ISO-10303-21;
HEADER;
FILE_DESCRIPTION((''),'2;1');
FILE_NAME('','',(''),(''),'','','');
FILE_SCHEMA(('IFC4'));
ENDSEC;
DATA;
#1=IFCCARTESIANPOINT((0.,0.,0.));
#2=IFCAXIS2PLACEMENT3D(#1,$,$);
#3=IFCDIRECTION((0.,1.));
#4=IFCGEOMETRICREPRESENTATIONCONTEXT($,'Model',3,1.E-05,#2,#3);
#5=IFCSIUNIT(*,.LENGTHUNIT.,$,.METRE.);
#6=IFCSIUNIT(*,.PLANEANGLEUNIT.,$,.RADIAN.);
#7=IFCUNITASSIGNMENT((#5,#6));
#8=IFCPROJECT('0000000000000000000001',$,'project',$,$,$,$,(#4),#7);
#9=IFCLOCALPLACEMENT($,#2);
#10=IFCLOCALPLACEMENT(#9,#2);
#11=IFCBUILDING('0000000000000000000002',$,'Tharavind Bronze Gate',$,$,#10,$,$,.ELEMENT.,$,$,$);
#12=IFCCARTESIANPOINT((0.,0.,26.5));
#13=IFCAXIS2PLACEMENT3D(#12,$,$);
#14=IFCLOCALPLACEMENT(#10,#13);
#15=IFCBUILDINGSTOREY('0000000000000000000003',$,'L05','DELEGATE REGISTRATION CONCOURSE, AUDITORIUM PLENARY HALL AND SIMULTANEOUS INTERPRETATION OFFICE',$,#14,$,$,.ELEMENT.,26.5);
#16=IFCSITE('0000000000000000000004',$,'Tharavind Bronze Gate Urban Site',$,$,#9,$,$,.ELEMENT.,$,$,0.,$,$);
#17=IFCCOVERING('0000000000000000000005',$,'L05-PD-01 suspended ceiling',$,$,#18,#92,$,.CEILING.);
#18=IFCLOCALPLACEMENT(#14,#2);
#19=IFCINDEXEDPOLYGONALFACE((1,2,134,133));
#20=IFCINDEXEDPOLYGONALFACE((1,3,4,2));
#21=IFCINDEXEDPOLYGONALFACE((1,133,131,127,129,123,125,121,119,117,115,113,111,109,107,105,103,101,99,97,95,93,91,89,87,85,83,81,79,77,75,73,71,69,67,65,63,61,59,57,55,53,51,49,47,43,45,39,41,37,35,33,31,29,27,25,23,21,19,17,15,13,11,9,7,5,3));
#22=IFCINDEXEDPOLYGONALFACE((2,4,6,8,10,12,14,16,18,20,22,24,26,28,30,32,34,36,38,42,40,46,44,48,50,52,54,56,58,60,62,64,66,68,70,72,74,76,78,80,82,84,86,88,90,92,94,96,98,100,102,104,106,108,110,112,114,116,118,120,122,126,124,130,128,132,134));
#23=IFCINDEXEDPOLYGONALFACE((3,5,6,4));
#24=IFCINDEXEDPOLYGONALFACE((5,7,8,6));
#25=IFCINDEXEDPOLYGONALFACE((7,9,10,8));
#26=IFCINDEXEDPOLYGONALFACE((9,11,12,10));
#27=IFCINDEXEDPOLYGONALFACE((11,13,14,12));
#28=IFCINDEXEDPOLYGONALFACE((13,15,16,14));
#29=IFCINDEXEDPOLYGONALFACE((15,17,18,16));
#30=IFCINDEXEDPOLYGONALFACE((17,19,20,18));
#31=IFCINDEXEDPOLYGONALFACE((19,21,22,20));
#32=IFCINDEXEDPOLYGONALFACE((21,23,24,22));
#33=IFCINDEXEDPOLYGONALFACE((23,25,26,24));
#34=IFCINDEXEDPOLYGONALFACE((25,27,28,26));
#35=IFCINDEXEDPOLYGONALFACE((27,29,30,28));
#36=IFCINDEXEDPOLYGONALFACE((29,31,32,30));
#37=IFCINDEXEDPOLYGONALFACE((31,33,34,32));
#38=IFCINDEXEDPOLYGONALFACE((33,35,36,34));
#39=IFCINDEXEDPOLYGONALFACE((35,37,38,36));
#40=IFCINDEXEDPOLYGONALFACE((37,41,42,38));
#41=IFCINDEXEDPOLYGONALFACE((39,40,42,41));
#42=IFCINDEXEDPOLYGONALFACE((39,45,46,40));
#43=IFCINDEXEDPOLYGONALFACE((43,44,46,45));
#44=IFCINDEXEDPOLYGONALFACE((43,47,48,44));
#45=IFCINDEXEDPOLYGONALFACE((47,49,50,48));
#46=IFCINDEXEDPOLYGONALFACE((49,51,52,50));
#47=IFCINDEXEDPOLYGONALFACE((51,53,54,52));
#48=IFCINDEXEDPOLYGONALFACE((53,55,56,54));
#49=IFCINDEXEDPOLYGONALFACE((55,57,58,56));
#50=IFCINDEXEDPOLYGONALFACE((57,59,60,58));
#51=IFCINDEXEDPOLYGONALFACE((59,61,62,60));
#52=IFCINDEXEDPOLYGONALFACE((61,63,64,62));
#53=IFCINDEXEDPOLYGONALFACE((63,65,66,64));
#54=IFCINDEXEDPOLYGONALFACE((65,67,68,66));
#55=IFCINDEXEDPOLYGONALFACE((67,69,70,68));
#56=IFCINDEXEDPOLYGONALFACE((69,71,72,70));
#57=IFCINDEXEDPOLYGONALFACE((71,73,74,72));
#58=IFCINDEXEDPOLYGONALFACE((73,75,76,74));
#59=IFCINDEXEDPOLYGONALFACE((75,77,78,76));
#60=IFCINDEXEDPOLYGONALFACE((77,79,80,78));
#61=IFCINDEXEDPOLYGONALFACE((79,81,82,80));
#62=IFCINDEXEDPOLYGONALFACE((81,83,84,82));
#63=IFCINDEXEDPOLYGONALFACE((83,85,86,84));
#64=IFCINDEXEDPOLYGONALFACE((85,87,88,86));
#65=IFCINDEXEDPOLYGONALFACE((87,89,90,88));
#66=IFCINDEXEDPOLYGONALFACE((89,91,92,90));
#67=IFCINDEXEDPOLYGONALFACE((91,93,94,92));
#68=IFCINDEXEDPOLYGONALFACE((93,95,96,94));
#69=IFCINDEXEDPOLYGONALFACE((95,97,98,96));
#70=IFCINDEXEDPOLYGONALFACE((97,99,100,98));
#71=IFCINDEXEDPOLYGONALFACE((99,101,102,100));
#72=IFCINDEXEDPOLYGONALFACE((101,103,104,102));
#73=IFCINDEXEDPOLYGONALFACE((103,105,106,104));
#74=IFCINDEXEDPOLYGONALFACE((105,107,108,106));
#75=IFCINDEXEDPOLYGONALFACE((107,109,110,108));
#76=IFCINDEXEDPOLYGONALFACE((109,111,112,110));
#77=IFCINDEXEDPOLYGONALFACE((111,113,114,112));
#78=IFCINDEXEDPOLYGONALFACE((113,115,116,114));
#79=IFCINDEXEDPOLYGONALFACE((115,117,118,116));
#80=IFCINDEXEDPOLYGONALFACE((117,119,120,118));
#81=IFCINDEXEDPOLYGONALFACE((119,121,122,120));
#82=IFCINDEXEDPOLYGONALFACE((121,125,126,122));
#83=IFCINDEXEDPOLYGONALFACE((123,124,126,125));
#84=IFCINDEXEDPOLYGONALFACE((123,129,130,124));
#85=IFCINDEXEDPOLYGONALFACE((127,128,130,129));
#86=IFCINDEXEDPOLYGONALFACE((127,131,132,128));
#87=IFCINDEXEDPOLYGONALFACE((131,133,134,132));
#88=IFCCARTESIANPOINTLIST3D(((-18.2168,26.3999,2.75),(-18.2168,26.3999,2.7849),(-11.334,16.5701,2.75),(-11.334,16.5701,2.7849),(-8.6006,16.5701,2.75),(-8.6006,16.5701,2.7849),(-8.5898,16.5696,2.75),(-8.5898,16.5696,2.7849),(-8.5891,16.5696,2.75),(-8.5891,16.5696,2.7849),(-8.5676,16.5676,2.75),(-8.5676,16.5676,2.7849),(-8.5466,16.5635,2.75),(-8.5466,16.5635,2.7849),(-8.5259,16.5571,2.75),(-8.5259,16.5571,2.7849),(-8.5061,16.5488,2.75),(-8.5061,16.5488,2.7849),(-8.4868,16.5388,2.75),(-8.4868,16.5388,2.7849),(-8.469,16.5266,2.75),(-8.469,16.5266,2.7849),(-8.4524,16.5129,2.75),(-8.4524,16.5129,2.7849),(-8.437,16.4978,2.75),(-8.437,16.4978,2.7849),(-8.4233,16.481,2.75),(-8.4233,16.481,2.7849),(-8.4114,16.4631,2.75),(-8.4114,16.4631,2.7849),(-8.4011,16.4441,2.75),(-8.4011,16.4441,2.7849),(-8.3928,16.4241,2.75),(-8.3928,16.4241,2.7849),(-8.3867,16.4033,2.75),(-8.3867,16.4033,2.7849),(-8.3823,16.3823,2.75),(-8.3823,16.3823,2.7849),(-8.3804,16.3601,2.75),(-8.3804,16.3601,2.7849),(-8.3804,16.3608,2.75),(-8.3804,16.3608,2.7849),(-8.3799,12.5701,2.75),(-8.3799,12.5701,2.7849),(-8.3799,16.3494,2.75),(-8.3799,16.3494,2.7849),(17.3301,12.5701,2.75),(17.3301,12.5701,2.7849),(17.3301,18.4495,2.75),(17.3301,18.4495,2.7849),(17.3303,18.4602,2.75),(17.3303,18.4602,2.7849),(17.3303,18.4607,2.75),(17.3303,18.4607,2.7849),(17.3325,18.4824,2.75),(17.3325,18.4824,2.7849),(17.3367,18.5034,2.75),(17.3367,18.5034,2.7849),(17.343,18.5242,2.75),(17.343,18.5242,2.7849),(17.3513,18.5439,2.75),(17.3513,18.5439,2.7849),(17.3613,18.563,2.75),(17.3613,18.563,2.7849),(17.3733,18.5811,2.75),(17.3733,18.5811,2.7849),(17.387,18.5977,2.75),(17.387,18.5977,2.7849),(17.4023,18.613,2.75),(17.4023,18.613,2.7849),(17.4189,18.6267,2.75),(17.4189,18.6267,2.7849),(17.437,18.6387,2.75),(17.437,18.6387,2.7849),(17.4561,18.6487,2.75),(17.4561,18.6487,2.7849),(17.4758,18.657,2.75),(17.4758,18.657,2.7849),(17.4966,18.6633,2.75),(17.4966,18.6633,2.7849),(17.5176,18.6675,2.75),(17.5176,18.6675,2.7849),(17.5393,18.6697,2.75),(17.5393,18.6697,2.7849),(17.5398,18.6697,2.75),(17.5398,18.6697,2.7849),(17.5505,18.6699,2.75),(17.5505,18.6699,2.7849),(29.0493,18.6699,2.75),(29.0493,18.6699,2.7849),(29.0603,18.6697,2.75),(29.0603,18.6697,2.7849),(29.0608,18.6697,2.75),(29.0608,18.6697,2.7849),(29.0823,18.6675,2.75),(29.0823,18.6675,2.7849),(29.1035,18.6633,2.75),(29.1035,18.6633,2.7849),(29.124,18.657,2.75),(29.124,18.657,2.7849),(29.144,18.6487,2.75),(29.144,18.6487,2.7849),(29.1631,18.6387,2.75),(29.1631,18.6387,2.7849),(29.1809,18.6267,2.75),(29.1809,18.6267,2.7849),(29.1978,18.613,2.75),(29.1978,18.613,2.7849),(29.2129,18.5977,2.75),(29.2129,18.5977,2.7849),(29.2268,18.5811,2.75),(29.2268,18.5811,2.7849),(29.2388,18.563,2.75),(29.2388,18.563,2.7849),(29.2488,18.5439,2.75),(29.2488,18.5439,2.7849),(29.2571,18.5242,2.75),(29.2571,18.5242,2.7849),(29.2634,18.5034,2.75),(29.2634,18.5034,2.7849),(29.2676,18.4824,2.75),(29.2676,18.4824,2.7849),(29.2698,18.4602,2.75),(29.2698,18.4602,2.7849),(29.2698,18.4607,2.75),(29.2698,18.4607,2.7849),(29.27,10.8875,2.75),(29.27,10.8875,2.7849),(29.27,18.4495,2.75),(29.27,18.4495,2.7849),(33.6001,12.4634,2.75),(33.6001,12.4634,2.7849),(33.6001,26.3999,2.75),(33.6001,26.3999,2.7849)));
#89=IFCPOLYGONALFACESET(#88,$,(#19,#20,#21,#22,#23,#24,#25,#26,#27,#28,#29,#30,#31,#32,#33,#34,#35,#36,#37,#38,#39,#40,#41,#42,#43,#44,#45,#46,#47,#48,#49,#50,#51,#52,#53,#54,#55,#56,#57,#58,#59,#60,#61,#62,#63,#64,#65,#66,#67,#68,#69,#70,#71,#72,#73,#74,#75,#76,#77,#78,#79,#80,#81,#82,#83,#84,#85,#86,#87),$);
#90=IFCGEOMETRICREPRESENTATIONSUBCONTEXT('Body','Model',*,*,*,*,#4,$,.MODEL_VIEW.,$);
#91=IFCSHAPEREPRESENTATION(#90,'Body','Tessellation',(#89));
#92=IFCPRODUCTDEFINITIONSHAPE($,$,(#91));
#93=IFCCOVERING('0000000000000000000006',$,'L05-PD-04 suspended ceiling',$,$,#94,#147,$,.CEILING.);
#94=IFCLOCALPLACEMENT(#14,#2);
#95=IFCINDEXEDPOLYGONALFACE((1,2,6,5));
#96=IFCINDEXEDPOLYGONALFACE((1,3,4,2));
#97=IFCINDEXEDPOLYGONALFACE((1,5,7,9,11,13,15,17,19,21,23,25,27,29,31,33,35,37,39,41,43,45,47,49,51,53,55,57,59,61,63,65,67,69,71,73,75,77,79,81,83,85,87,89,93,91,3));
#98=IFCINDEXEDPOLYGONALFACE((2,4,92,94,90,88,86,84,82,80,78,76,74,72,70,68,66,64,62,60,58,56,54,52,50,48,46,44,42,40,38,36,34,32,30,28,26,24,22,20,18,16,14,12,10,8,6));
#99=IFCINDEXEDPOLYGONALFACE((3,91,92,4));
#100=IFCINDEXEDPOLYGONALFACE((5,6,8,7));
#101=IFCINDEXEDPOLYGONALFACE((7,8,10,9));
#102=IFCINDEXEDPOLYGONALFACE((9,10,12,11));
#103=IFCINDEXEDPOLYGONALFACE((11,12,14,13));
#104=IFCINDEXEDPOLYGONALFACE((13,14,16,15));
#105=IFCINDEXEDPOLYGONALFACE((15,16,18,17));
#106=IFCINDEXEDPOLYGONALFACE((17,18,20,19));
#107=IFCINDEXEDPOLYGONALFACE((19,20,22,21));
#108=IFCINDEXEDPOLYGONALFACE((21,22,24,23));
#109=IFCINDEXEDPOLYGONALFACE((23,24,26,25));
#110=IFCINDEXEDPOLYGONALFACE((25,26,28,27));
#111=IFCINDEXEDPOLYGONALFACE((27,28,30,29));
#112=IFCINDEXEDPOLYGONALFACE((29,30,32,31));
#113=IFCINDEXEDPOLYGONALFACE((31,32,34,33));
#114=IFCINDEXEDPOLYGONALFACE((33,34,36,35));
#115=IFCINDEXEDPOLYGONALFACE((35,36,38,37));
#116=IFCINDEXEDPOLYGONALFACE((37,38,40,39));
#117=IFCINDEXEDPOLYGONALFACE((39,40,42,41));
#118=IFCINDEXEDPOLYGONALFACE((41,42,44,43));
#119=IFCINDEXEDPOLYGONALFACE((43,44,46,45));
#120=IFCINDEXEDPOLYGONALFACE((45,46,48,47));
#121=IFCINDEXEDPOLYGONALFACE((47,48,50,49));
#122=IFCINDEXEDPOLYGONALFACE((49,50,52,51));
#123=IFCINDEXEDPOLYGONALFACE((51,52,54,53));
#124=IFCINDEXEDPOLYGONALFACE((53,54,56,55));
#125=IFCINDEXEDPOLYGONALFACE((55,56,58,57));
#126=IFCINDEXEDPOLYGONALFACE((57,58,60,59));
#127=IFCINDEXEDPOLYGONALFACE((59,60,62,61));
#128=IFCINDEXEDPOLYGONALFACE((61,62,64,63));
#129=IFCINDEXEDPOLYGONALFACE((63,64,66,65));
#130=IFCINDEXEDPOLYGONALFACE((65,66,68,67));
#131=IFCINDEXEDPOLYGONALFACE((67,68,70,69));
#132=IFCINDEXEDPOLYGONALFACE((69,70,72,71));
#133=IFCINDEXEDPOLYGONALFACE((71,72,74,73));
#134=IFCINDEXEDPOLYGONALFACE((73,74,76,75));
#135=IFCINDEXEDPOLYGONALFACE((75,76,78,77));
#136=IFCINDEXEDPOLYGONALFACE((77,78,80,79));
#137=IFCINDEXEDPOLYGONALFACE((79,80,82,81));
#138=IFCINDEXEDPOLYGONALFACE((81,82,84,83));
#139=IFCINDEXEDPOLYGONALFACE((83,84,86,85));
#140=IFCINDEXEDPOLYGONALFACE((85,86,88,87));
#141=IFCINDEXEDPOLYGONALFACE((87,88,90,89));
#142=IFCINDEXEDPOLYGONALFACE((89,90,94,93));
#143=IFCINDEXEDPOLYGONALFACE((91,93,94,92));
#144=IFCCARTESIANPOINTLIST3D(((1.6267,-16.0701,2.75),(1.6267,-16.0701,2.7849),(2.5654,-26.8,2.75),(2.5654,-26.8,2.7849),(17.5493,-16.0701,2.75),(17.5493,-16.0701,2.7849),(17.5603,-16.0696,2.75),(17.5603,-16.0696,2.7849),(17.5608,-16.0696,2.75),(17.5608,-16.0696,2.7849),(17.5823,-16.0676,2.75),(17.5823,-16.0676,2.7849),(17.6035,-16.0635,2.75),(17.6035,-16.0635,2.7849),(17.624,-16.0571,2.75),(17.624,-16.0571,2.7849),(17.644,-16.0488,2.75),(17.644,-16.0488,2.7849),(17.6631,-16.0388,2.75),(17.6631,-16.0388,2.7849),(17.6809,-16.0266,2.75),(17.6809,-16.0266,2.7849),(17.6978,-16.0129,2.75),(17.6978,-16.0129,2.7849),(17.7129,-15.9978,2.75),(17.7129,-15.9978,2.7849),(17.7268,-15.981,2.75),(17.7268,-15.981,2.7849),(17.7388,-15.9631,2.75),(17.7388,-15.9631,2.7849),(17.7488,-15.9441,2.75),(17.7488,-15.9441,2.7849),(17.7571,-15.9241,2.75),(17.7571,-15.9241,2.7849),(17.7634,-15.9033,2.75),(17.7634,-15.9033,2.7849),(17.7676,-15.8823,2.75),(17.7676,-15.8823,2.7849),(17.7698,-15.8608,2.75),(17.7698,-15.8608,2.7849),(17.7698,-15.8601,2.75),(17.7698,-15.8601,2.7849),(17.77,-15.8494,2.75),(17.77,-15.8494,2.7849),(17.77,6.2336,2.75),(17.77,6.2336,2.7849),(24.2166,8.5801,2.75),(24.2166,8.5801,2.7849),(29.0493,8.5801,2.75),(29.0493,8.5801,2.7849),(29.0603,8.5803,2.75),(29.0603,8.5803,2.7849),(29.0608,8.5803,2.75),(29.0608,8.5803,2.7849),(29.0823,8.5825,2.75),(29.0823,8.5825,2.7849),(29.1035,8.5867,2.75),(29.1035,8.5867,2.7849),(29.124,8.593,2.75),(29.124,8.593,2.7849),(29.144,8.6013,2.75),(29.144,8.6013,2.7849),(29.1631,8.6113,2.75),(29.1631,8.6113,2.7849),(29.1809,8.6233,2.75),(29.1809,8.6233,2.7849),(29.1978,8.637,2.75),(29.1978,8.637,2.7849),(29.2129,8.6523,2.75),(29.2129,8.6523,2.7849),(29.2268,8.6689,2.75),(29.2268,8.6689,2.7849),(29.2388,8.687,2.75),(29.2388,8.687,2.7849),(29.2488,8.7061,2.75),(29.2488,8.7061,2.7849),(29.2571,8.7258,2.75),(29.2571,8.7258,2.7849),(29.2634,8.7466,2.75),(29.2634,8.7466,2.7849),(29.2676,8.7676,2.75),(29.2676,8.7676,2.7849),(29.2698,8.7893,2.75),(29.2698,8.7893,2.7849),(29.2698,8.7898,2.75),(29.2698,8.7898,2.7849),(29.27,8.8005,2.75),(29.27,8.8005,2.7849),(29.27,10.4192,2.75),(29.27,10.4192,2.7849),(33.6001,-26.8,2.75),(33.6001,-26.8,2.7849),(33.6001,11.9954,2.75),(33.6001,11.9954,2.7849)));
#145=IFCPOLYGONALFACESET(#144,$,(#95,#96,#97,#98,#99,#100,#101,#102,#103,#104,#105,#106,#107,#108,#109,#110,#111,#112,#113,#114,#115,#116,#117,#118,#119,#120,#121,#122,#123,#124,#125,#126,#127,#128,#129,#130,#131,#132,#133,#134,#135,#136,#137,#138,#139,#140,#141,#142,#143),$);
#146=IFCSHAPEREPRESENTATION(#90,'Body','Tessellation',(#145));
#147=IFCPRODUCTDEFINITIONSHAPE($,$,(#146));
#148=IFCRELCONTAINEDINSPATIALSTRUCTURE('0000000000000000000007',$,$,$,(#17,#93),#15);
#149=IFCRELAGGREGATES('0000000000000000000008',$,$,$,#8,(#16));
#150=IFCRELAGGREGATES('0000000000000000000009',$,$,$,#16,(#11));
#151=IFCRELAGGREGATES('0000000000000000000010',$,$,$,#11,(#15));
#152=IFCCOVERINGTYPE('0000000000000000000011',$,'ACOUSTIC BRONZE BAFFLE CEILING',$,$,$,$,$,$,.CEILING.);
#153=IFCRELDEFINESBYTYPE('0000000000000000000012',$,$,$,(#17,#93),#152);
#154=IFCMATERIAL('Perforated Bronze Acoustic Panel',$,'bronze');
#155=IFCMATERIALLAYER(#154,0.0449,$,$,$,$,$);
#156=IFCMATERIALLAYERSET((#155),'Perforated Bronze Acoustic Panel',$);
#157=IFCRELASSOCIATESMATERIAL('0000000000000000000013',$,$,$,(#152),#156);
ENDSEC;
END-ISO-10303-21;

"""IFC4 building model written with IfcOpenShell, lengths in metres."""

from ifc_helpers import new_model, si_unit, direction, frame, origin, place, context, subcontext, project, spatial, polyline, outline, extrude, material, layer, layer_set, type_object, element, save


model = new_model("IFC4")

# Units and contexts
model_context = context("Model", 3, precision=1e-05, world=origin(), true_north=direction((0.0, 1.0)))
body_context = subcontext(model_context, "Body", "Model", "MODEL_VIEW")
ifc_project = project(units=[si_unit("LENGTHUNIT", "METRE"), si_unit("PLANEANGLEUNIT", "RADIAN")], contexts=[model_context])

# Site, building, storey
site_placement = place(None, origin())
site = spatial("IfcSite", under=ifc_project, at=site_placement, Name="Tharavind Bronze Gate Urban Site", CompositionType="ELEMENT", RefElevation=0.0)
building_placement = place(site_placement, origin())
building = spatial("IfcBuilding", under=site, at=building_placement, Name="Tharavind Bronze Gate", CompositionType="ELEMENT")
storey_placement = place(building_placement, frame((0.0, 0.0, 26.5)))
storey = spatial("IfcBuildingStorey", under=building, at=storey_placement, Name="L05", Description="DELEGATE REGISTRATION CONCOURSE, AUDITORIUM PLENARY HALL AND SIMULTANEOUS INTERPRETATION OFFICE", CompositionType="ELEMENT", Elevation=26.5)

# Coverings
ifc_material_1 = material(Name="Perforated Bronze Acoustic Panel", Category="bronze")
ifc_layer_1 = layer(ifc_material_1, 0.0449)
ifc_layer_set_1 = layer_set([ifc_layer_1], Name="Perforated Bronze Acoustic Panel")
covering_type_1 = type_object("IfcCoveringType", Name="ACOUSTIC BRONZE BAFFLE CEILING", PredefinedType="CEILING", material=ifc_layer_set_1)
covering_1_placement = place(storey_placement, frame((0.0, 0.0, 2.75)))
element("IfcCovering", 1, at=covering_1_placement, inside=storey, type_object=covering_type_1, Name="L05-PD-01 suspended ceiling", PredefinedType="CEILING", context=body_context, shape_type="SweptSolid", body=[
    extrude(outline(polyline([(-11.334, 16.5701), (-8.6006, 16.5701), (-8.5898, 16.5696), (-8.5891, 16.5696), (-8.5676, 16.5676), (-8.5466, 16.5635), (-8.5259, 16.5571), (-8.5061, 16.5488), (-8.4868, 16.5388), (-8.469, 16.5266), (-8.4524, 16.5129), (-8.437, 16.4978), (-8.4233, 16.481), (-8.4114, 16.4631), (-8.4011, 16.4441), (-8.3928, 16.4241), (-8.3867, 16.4033), (-8.3823, 16.3823), (-8.3804, 16.3608), (-8.3804, 16.3601), (-8.3799, 16.3494), (-8.3799, 12.5701), (17.3301, 12.5701), (17.3301, 18.4495), (17.3303, 18.4602), (17.3303, 18.4607), (17.3325, 18.4824), (17.3367, 18.5034), (17.343, 18.5242), (17.3513, 18.5439), (17.3613, 18.563), (17.3733, 18.5811), (17.387, 18.5977), (17.4023, 18.613), (17.4189, 18.6267), (17.437, 18.6387), (17.4561, 18.6487), (17.4758, 18.657), (17.4966, 18.6633), (17.5176, 18.6675), (17.5393, 18.6697), (17.5398, 18.6697), (17.5505, 18.6699), (29.0493, 18.6699), (29.0603, 18.6697), (29.0608, 18.6697), (29.0823, 18.6675), (29.1035, 18.6633), (29.124, 18.657), (29.144, 18.6487), (29.1631, 18.6387), (29.1809, 18.6267), (29.1978, 18.613), (29.2129, 18.5977), (29.2268, 18.5811), (29.2388, 18.563), (29.2488, 18.5439), (29.2571, 18.5242), (29.2634, 18.5034), (29.2676, 18.4824), (29.2698, 18.4607), (29.2698, 18.4602), (29.27, 18.4495), (29.27, 10.8875), (33.6001, 12.4634), (33.6001, 26.3999), (-18.2168, 26.3999), (-11.334, 16.5701)])), origin(), (0.0, 0.0, 1.0), 0.0349),
])
covering_2_placement = place(storey_placement, frame((0.0, 0.0, 2.75)))
element("IfcCovering", 2, at=covering_2_placement, inside=storey, type_object=covering_type_1, Name="L05-PD-04 suspended ceiling", PredefinedType="CEILING", context=body_context, shape_type="SweptSolid", body=[
    extrude(outline(polyline([(2.5654, -26.8), (33.6001, -26.8), (33.6001, 11.9954), (29.27, 10.4192), (29.27, 8.8005), (29.2698, 8.7898), (29.2698, 8.7893), (29.2676, 8.7676), (29.2634, 8.7466), (29.2571, 8.7258), (29.2488, 8.7061), (29.2388, 8.687), (29.2268, 8.6689), (29.2129, 8.6523), (29.1978, 8.637), (29.1809, 8.6233), (29.1631, 8.6113), (29.144, 8.6013), (29.124, 8.593), (29.1035, 8.5867), (29.0823, 8.5825), (29.0608, 8.5803), (29.0603, 8.5803), (29.0493, 8.5801), (24.2166, 8.5801), (17.77, 6.2336), (17.77, -15.8494), (17.7698, -15.8601), (17.7698, -15.8608), (17.7676, -15.8823), (17.7634, -15.9033), (17.7571, -15.9241), (17.7488, -15.9441), (17.7388, -15.9631), (17.7268, -15.981), (17.7129, -15.9978), (17.6978, -16.0129), (17.6809, -16.0266), (17.6631, -16.0388), (17.644, -16.0488), (17.624, -16.0571), (17.6035, -16.0635), (17.5823, -16.0676), (17.5608, -16.0696), (17.5603, -16.0696), (17.5493, -16.0701), (1.6267, -16.0701), (2.5654, -26.8)])), origin(), (0.0, 0.0, 1.0), 0.0349),
])

save(model, "model.ifc")
